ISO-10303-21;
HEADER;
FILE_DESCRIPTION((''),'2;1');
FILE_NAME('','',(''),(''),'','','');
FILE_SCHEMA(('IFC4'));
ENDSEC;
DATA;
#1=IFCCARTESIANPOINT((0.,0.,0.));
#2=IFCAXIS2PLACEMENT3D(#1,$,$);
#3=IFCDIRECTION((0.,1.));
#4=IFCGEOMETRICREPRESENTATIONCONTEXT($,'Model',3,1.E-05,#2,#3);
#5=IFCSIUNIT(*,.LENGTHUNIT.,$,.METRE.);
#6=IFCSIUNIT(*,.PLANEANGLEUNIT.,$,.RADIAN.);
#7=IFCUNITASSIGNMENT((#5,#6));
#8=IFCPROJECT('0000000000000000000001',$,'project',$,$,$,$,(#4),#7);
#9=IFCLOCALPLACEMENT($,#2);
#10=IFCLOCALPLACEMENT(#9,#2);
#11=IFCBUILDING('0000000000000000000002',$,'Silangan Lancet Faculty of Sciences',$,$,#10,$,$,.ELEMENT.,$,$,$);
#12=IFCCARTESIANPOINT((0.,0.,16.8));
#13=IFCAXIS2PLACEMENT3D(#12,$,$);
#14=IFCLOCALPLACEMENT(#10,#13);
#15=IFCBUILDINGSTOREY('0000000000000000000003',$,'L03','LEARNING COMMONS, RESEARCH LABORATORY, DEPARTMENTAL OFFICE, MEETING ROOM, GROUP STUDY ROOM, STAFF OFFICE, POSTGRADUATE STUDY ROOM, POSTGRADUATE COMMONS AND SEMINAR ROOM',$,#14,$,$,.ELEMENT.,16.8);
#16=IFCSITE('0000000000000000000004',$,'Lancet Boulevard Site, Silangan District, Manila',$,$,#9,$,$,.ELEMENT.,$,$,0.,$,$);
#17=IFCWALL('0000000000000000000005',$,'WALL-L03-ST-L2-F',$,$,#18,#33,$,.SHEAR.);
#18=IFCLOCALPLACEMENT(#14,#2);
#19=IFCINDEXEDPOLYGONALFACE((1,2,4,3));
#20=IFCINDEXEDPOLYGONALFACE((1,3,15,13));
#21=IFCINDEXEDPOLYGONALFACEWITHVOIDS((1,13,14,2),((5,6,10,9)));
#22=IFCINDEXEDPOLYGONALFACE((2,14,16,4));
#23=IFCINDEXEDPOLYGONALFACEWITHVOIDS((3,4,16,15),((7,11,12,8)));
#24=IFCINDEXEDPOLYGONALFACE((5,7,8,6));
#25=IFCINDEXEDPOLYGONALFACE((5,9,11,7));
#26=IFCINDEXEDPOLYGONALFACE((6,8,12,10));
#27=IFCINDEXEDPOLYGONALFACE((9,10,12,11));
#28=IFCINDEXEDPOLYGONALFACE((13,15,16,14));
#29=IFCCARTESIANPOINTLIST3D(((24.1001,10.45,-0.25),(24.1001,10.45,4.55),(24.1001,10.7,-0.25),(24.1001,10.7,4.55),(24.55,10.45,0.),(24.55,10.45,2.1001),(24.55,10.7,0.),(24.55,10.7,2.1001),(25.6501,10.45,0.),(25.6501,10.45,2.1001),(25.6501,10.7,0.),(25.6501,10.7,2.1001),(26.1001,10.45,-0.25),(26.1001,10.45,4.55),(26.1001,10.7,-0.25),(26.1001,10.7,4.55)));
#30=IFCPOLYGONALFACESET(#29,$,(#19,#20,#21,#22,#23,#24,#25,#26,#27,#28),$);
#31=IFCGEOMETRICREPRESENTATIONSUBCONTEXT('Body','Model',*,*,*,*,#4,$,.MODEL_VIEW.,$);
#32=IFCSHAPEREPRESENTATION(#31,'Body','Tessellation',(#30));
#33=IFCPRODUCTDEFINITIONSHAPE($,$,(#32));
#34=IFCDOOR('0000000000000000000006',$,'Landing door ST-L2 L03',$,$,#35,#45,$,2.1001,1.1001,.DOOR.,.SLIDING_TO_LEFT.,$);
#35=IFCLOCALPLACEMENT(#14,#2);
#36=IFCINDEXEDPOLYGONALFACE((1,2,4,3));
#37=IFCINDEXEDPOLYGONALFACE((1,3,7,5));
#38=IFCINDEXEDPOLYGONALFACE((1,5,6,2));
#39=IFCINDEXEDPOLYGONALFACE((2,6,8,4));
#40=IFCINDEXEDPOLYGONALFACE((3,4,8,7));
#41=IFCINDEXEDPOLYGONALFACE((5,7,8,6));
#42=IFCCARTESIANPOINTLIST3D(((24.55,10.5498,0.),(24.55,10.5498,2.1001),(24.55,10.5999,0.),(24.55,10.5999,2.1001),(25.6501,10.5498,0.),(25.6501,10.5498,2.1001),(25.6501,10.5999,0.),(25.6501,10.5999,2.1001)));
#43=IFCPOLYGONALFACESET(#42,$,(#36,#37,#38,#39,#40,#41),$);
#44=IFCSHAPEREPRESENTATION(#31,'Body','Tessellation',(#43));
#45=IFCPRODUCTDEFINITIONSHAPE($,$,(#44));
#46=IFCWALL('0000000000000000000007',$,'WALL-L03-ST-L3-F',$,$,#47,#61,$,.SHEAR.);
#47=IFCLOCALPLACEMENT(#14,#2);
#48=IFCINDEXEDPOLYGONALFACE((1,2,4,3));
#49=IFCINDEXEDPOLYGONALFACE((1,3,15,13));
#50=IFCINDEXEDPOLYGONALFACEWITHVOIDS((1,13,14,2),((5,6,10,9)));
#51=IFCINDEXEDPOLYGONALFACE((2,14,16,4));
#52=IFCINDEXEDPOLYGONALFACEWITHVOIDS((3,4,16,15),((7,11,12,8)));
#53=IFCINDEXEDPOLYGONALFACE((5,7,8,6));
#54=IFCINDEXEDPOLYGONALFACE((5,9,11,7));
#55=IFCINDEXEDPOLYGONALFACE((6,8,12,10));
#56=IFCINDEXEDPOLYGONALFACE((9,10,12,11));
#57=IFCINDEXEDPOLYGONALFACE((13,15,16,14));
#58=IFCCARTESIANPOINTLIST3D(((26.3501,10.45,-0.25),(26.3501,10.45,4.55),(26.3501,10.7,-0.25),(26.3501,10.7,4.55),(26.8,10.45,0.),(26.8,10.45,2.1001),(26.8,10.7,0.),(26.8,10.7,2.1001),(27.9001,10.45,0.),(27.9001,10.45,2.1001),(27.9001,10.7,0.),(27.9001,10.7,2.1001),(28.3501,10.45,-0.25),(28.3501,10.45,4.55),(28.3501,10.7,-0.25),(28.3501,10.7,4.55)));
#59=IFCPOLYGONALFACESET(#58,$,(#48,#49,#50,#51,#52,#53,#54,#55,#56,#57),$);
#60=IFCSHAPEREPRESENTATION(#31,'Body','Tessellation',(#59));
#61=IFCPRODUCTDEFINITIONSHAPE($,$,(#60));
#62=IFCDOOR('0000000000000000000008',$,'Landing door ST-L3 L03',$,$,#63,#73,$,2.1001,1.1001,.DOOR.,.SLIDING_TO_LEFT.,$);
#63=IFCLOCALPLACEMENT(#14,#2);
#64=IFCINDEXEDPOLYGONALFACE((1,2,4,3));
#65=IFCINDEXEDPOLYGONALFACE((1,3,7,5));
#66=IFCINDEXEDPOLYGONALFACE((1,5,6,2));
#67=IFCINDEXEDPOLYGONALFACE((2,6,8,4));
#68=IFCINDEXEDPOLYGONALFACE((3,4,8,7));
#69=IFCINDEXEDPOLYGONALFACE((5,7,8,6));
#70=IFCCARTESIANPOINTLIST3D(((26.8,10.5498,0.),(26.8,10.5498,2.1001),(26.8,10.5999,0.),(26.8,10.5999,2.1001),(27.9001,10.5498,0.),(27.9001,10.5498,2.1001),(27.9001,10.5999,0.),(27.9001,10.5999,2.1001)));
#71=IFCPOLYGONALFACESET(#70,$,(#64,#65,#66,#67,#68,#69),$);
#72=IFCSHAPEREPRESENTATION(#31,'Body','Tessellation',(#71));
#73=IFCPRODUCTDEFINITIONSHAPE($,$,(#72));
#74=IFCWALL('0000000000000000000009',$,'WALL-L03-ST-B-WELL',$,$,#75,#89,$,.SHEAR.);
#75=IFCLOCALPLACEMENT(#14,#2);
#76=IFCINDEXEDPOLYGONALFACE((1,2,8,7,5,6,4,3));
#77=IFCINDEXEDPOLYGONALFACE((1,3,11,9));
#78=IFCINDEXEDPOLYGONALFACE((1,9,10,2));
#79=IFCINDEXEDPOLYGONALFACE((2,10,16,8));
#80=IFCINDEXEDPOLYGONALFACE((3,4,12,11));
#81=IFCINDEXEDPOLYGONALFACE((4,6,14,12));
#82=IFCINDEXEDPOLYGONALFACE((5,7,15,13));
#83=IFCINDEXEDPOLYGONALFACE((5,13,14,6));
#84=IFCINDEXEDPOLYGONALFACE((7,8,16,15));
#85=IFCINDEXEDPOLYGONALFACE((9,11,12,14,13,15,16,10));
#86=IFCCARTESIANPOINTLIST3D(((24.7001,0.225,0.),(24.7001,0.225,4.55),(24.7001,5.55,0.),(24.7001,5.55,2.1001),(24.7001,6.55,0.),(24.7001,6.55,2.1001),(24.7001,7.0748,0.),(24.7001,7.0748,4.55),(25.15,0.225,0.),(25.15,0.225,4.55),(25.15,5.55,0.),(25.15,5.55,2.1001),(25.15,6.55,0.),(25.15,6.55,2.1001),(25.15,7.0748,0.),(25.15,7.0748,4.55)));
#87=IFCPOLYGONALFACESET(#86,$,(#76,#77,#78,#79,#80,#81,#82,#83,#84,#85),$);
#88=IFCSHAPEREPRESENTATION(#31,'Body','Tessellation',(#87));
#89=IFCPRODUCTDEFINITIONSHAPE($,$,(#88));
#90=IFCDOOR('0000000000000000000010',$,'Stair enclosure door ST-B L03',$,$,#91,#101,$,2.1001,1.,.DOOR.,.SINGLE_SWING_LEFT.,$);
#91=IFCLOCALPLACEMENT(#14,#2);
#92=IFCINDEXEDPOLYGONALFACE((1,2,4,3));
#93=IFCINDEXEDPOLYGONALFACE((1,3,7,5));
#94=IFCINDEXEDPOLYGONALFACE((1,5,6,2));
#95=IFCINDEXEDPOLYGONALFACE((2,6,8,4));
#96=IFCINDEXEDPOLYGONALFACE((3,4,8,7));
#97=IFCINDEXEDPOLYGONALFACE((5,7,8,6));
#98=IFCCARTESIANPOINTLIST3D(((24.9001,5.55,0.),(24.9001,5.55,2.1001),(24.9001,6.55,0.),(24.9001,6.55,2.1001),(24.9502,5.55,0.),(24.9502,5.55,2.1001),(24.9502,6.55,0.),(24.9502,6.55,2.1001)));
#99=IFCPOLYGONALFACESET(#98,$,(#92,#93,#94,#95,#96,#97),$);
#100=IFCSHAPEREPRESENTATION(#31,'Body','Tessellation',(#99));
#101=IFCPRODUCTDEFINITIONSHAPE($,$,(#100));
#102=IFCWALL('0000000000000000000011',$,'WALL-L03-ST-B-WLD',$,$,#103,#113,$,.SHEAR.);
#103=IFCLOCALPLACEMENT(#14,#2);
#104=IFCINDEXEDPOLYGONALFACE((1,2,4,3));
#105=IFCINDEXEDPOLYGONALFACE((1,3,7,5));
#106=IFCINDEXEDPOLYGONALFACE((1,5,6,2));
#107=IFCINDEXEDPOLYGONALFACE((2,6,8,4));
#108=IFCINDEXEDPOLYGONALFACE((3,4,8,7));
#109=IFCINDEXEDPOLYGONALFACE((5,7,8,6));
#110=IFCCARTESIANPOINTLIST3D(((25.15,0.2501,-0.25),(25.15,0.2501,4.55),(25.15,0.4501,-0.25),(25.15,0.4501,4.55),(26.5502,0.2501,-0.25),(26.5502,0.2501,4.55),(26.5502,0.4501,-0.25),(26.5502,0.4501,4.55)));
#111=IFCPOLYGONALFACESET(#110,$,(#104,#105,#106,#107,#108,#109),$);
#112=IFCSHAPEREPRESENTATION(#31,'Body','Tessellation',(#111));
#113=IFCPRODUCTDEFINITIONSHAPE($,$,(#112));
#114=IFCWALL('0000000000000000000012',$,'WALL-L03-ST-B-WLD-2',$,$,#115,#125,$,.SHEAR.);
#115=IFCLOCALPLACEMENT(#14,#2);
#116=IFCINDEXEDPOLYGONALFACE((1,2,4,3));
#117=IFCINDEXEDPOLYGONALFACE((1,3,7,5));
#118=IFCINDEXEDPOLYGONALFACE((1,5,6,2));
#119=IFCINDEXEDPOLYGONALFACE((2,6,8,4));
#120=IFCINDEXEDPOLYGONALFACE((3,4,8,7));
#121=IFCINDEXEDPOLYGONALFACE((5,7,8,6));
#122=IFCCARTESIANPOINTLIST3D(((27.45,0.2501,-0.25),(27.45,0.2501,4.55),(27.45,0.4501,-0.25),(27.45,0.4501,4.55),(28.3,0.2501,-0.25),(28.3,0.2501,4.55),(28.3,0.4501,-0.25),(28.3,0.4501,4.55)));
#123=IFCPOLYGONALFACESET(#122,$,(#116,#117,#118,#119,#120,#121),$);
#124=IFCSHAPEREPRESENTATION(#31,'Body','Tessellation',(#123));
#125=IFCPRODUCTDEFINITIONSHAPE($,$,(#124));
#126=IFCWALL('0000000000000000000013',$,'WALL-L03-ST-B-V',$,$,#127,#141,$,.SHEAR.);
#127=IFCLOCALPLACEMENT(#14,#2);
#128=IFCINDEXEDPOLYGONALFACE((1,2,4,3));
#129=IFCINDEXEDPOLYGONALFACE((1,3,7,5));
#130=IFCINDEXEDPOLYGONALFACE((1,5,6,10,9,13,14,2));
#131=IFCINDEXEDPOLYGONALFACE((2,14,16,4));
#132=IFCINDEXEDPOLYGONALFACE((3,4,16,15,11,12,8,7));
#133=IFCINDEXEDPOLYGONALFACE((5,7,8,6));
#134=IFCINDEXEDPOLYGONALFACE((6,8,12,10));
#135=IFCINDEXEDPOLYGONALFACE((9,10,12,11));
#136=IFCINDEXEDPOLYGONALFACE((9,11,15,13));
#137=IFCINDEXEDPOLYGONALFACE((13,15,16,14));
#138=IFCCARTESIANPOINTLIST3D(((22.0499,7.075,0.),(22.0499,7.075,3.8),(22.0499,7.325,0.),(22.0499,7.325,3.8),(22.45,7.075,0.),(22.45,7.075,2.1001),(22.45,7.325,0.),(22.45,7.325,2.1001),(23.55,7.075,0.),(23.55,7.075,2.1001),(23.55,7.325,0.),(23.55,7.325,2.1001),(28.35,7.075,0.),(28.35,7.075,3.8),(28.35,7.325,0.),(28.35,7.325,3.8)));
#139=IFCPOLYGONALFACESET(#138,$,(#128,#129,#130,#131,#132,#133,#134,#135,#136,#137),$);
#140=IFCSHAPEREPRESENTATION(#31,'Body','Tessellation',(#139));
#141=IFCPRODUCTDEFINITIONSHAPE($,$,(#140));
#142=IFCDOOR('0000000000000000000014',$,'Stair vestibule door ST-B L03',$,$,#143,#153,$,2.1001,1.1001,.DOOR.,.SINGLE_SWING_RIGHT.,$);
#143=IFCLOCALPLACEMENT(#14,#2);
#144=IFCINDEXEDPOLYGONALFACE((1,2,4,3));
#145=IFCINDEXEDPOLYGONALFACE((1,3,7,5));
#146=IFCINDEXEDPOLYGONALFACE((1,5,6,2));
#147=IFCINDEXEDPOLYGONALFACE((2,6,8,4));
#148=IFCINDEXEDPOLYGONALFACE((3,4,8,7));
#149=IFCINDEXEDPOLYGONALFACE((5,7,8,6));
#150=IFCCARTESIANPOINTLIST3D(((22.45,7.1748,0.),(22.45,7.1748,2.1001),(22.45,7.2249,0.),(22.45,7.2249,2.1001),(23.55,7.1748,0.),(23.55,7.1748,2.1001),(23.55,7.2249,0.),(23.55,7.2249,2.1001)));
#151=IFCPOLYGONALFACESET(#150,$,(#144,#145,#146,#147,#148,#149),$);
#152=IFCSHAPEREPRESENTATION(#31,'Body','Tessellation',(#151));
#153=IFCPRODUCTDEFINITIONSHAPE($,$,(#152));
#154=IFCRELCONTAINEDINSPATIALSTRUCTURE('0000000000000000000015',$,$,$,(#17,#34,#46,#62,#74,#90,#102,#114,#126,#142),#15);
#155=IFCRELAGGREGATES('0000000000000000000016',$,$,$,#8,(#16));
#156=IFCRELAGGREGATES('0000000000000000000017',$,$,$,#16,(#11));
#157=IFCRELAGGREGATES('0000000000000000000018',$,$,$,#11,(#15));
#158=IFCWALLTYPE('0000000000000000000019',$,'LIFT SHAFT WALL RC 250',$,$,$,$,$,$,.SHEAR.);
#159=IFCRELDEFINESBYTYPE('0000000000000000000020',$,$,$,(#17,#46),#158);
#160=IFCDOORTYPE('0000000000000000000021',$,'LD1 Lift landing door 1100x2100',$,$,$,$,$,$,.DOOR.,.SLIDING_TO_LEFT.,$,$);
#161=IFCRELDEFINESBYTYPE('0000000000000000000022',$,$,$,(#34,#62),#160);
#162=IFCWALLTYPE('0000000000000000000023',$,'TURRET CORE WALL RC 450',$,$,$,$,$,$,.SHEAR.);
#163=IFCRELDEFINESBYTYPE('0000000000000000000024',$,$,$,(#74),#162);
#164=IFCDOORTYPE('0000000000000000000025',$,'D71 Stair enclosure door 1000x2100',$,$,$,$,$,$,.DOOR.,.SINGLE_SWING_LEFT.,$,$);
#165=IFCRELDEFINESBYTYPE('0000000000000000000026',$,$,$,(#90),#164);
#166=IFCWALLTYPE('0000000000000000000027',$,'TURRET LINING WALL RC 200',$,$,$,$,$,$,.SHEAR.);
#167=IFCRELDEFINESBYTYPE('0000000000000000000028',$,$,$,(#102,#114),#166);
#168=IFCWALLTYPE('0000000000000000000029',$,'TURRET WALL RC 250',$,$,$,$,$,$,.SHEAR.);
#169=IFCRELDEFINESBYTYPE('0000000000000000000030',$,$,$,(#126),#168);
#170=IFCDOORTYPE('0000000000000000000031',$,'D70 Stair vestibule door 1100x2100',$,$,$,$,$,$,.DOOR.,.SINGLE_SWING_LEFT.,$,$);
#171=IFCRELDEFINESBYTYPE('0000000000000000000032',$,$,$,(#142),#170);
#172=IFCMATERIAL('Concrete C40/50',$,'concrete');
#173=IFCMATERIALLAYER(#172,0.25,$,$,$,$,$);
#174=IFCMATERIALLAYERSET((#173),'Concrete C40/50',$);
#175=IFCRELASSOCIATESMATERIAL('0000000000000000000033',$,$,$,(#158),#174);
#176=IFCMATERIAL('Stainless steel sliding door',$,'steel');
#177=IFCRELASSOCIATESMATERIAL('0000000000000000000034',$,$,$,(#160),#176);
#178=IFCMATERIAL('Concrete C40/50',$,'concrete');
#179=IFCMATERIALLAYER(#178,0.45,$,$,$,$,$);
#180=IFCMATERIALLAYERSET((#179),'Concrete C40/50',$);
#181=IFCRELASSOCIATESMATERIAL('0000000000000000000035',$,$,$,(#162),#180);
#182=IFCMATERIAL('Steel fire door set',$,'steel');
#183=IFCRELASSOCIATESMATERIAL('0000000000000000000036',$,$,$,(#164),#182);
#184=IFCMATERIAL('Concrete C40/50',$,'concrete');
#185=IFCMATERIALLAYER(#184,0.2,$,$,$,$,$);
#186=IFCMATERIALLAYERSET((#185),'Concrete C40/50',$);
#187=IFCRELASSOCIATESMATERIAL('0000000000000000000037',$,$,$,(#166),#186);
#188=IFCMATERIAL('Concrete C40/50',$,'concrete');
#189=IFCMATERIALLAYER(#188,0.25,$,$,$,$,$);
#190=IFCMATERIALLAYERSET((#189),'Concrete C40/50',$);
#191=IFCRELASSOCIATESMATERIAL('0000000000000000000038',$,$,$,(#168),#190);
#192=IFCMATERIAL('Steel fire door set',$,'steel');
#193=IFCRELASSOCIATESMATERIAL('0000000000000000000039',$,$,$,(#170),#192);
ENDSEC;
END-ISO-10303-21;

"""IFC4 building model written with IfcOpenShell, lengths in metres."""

from ifc_helpers import new_model, si_unit, direction, frame, frame_2d, origin, place, context, subcontext, project, spatial, rectangle, extrude, material, layer, layer_set, type_object, element, fill, save


model = new_model("IFC4")

# Units and contexts
model_context = context("Model", 3, precision=1e-05, world=origin(), true_north=direction((0.0, 1.0)))
body_context = subcontext(model_context, "Body", "Model", "MODEL_VIEW")
ifc_project = project(units=[si_unit("LENGTHUNIT", "METRE"), si_unit("PLANEANGLEUNIT", "RADIAN")], contexts=[model_context])

# Site, building, storey
site_placement = place(None, origin())
site = spatial("IfcSite", under=ifc_project, at=site_placement, Name="Lancet Boulevard Site, Silangan District, Manila", CompositionType="ELEMENT", RefElevation=0.0)
building_placement = place(site_placement, origin())
building = spatial("IfcBuilding", under=site, at=building_placement, Name="Silangan Lancet Faculty of Sciences", CompositionType="ELEMENT")
storey_placement = place(building_placement, frame((0.0, 0.0, 16.8)))
storey = spatial("IfcBuildingStorey", under=building, at=storey_placement, Name="L03", Description="LEARNING COMMONS, RESEARCH LABORATORY, DEPARTMENTAL OFFICE, MEETING ROOM, GROUP STUDY ROOM, STAFF OFFICE, POSTGRADUATE STUDY ROOM, POSTGRADUATE COMMONS AND SEMINAR ROOM", CompositionType="ELEMENT", Elevation=16.8)

# Shared definitions
ifc_material_1 = material(Name="Concrete C40/50", Category="concrete")
ifc_layer_1 = layer(ifc_material_1, 0.25)
ifc_layer_set_1 = layer_set([ifc_layer_1], Name="Concrete C40/50")
wall_type_1 = type_object("IfcWallType", Name="LIFT SHAFT WALL RC 250", PredefinedType="SHEAR", material=ifc_layer_set_1)

# Shared definitions
ifc_material_2 = material(Name="Stainless steel sliding door", Category="steel")
door_type_1 = type_object("IfcDoorType", Name="LD1 Lift landing door 1100x2100", OperationType="SLIDING_TO_LEFT", PredefinedType="DOOR", material=ifc_material_2)

# Walls, openings, doors
wall_1_placement = place(storey_placement, frame((24.1001, 10.575, -0.25), z_axis=(0.0, 0.0, 1.0), x_axis=(1.0, 0.0, 0.0)))
wall_1 = element("IfcWall", 1, at=wall_1_placement, inside=storey, type_object=wall_type_1, Name="WALL-L03-ST-L2-F", PredefinedType="SHEAR", context=body_context, shape_type="SweptSolid", body=[
    extrude(rectangle(XDim=2.0, YDim=0.25, at=frame_2d((1.0, 0.0))), origin(), (0.0, 0.0, 1.0), 4.8),
])
opening_1_placement = place(wall_1_placement, frame((0.45, 0.0, 0.25)))
opening_1 = element("IfcOpeningElement", 2, at=opening_1_placement, cuts=wall_1, PredefinedType="OPENING", context=body_context, shape_type="SweptSolid", body=[
    extrude(rectangle(XDim=1.1001, YDim=2.1001, at=frame_2d((0.55, 1.05))), frame((0.0, 0.135, 0.0), z_axis=(0.0, -1.0, 0.0), x_axis=(1.0, 0.0, 0.0)), (0.0, 0.0, 1.0), 0.27),
])
door_1_placement = place(opening_1_placement, origin())
door_1 = element("IfcDoor", 3, at=door_1_placement, inside=storey, type_object=door_type_1, Name="Landing door ST-L2 L03", OperationType="SLIDING_TO_LEFT", OverallHeight=2.1001, OverallWidth=1.1001, PredefinedType="DOOR", context=body_context, shape_type="SweptSolid", body=[
    extrude(rectangle(XDim=1.1001, YDim=2.1001, at=frame_2d((0.55, 1.05))), frame((0.0, 0.0249, 0.0), z_axis=(0.0, -1.0, 0.0), x_axis=(1.0, 0.0, 0.0)), (0.0, 0.0, 1.0), 0.05),
])
fill(opening_1, door_1)
wall_2_placement = place(storey_placement, frame((26.3501, 10.575, -0.25), z_axis=(0.0, 0.0, 1.0), x_axis=(1.0, 0.0, 0.0)))
wall_2 = element("IfcWall", 4, at=wall_2_placement, inside=storey, type_object=wall_type_1, Name="WALL-L03-ST-L3-F", PredefinedType="SHEAR", context=body_context, shape_type="SweptSolid", body=[
    extrude(rectangle(XDim=2.0, YDim=0.25, at=frame_2d((1.0, 0.0))), origin(), (0.0, 0.0, 1.0), 4.8),
])
opening_2_placement = place(wall_2_placement, frame((0.45, 0.0, 0.25)))
opening_2 = element("IfcOpeningElement", 5, at=opening_2_placement, cuts=wall_2, PredefinedType="OPENING", context=body_context, shape_type="SweptSolid", body=[
    extrude(rectangle(XDim=1.1001, YDim=2.1001, at=frame_2d((0.55, 1.05))), frame((0.0, 0.135, 0.0), z_axis=(0.0, -1.0, 0.0), x_axis=(1.0, 0.0, 0.0)), (0.0, 0.0, 1.0), 0.27),
])
door_2_placement = place(opening_2_placement, origin())
door_2 = element("IfcDoor", 6, at=door_2_placement, inside=storey, type_object=door_type_1, Name="Landing door ST-L3 L03", OperationType="SLIDING_TO_LEFT", OverallHeight=2.1001, OverallWidth=1.1001, PredefinedType="DOOR", context=body_context, shape_type="SweptSolid", body=[
    extrude(rectangle(XDim=1.1001, YDim=2.1001, at=frame_2d((0.55, 1.05))), frame((0.0, 0.0249, 0.0), z_axis=(0.0, -1.0, 0.0), x_axis=(1.0, 0.0, 0.0)), (0.0, 0.0, 1.0), 0.05),
])
fill(opening_2, door_2)
ifc_material_3 = material(Name="Concrete C40/50", Category="concrete")
ifc_layer_2 = layer(ifc_material_3, 0.45)
ifc_layer_set_2 = layer_set([ifc_layer_2], Name="Concrete C40/50")
wall_type_2 = type_object("IfcWallType", Name="TURRET CORE WALL RC 450", PredefinedType="SHEAR", material=ifc_layer_set_2)
wall_3_placement = place(storey_placement, frame((24.925, 0.2251, 0.0), z_axis=(0.0, 0.0, 1.0), x_axis=(0.0, 1.0, 0.0)))
wall_3 = element("IfcWall", 7, at=wall_3_placement, inside=storey, type_object=wall_type_2, Name="WALL-L03-ST-B-WELL", PredefinedType="SHEAR", context=body_context, shape_type="SweptSolid", body=[
    extrude(rectangle(XDim=6.8499, YDim=0.45, at=frame_2d((3.4248, 0.0))), origin(), (0.0, 0.0, 1.0), 4.55),
])
opening_3_placement = place(wall_3_placement, frame((5.325, 0.0, 0.0)))
opening_3 = element("IfcOpeningElement", 8, at=opening_3_placement, cuts=wall_3, PredefinedType="OPENING", context=body_context, shape_type="SweptSolid", body=[
    extrude(rectangle(XDim=1.0, YDim=2.1001, at=frame_2d((0.5, 1.05))), frame((0.0, 0.2349, 0.0), z_axis=(0.0, -1.0, 0.0), x_axis=(1.0, 0.0, 0.0)), (0.0, 0.0, 1.0), 0.47),
])
ifc_material_4 = material(Name="Steel fire door set", Category="steel")
door_type_2 = type_object("IfcDoorType", Name="D71 Stair enclosure door 1000x2100", OperationType="SINGLE_SWING_LEFT", PredefinedType="DOOR", material=ifc_material_4)
door_3_placement = place(opening_3_placement, frame((1.0, 0.0, 0.0), z_axis=(0.0, 0.0, 1.0), x_axis=(-1.0, 0.0, 0.0)))
door_3 = element("IfcDoor", 9, at=door_3_placement, inside=storey, type_object=door_type_2, Name="Stair enclosure door ST-B L03", OperationType="SINGLE_SWING_LEFT", OverallHeight=2.1001, OverallWidth=1.0, PredefinedType="DOOR", context=body_context, shape_type="SweptSolid", body=[
    extrude(rectangle(XDim=1.0, YDim=2.1001, at=frame_2d((0.5, 1.05))), frame((0.0, 0.0251, 0.0), z_axis=(0.0, -1.0, 0.0), x_axis=(1.0, 0.0, 0.0)), (0.0, 0.0, 1.0), 0.05),
])
fill(opening_3, door_3)

# Walls
ifc_material_5 = material(Name="Concrete C40/50", Category="concrete")
ifc_layer_3 = layer(ifc_material_5, 0.2)
ifc_layer_set_3 = layer_set([ifc_layer_3], Name="Concrete C40/50")
wall_type_3 = type_object("IfcWallType", Name="TURRET LINING WALL RC 200", PredefinedType="SHEAR", material=ifc_layer_set_3)
wall_4_placement = place(storey_placement, frame((25.1499, 0.3501, -0.25), z_axis=(0.0, 0.0, 1.0), x_axis=(1.0, 0.0, 0.0)))
element("IfcWall", 10, at=wall_4_placement, inside=storey, type_object=wall_type_3, Name="WALL-L03-ST-B-WLD", PredefinedType="SHEAR", context=body_context, shape_type="SweptSolid", body=[
    extrude(rectangle(XDim=1.4001, YDim=0.2, at=frame_2d((0.7002, 0.0))), origin(), (0.0, 0.0, 1.0), 4.8),
])
wall_5_placement = place(storey_placement, frame((27.45, 0.3501, -0.25), z_axis=(0.0, 0.0, 1.0), x_axis=(1.0, 0.0, 0.0)))
element("IfcWall", 11, at=wall_5_placement, inside=storey, type_object=wall_type_3, Name="WALL-L03-ST-B-WLD-2", PredefinedType="SHEAR", context=body_context, shape_type="SweptSolid", body=[
    extrude(rectangle(XDim=0.8501, YDim=0.2, at=frame_2d((0.425, 0.0))), origin(), (0.0, 0.0, 1.0), 4.8),
])

# Wall, opening, door
ifc_material_6 = material(Name="Concrete C40/50", Category="concrete")
ifc_layer_4 = layer(ifc_material_6, 0.25)
ifc_layer_set_4 = layer_set([ifc_layer_4], Name="Concrete C40/50")
wall_type_4 = type_object("IfcWallType", Name="TURRET WALL RC 250", PredefinedType="SHEAR", material=ifc_layer_set_4)
wall_6_placement = place(storey_placement, frame((22.05, 7.2, 0.0), z_axis=(0.0, 0.0, 1.0), x_axis=(1.0, 0.0, 0.0)))
wall_6 = element("IfcWall", 12, at=wall_6_placement, inside=storey, type_object=wall_type_4, Name="WALL-L03-ST-B-V", PredefinedType="SHEAR", context=body_context, shape_type="SweptSolid", body=[
    extrude(rectangle(XDim=6.3, YDim=0.25, at=frame_2d((3.1499, 0.0))), origin(), (0.0, 0.0, 1.0), 3.8),
])
opening_4_placement = place(wall_6_placement, frame((0.3999, 0.0, 0.0)))
opening_4 = element("IfcOpeningElement", 13, at=opening_4_placement, cuts=wall_6, PredefinedType="OPENING", context=body_context, shape_type="SweptSolid", body=[
    extrude(rectangle(XDim=1.1001, YDim=2.1001, at=frame_2d((0.55, 1.05))), frame((0.0, 0.135, 0.0), z_axis=(0.0, -1.0, 0.0), x_axis=(1.0, 0.0, 0.0)), (0.0, 0.0, 1.0), 0.27),
])
ifc_material_7 = material(Name="Steel fire door set", Category="steel")
door_type_3 = type_object("IfcDoorType", Name="D70 Stair vestibule door 1100x2100", OperationType="SINGLE_SWING_LEFT", PredefinedType="DOOR", material=ifc_material_7)
door_4_placement = place(opening_4_placement, frame((1.1001, 0.0, 0.0), z_axis=(0.0, 0.0, 1.0), x_axis=(-1.0, 0.0, 0.0)))
door_4 = element("IfcDoor", 14, at=door_4_placement, inside=storey, type_object=door_type_3, Name="Stair vestibule door ST-B L03", OperationType="SINGLE_SWING_RIGHT", OverallHeight=2.1001, OverallWidth=1.1001, PredefinedType="DOOR", context=body_context, shape_type="SweptSolid", body=[
    extrude(rectangle(XDim=1.1001, YDim=2.1001, at=frame_2d((0.55, 1.05))), frame((0.0, 0.0251, 0.0), z_axis=(0.0, -1.0, 0.0), x_axis=(1.0, 0.0, 0.0)), (0.0, 0.0, 1.0), 0.05),
])
fill(opening_4, door_4)

save(model, "model.ifc")
